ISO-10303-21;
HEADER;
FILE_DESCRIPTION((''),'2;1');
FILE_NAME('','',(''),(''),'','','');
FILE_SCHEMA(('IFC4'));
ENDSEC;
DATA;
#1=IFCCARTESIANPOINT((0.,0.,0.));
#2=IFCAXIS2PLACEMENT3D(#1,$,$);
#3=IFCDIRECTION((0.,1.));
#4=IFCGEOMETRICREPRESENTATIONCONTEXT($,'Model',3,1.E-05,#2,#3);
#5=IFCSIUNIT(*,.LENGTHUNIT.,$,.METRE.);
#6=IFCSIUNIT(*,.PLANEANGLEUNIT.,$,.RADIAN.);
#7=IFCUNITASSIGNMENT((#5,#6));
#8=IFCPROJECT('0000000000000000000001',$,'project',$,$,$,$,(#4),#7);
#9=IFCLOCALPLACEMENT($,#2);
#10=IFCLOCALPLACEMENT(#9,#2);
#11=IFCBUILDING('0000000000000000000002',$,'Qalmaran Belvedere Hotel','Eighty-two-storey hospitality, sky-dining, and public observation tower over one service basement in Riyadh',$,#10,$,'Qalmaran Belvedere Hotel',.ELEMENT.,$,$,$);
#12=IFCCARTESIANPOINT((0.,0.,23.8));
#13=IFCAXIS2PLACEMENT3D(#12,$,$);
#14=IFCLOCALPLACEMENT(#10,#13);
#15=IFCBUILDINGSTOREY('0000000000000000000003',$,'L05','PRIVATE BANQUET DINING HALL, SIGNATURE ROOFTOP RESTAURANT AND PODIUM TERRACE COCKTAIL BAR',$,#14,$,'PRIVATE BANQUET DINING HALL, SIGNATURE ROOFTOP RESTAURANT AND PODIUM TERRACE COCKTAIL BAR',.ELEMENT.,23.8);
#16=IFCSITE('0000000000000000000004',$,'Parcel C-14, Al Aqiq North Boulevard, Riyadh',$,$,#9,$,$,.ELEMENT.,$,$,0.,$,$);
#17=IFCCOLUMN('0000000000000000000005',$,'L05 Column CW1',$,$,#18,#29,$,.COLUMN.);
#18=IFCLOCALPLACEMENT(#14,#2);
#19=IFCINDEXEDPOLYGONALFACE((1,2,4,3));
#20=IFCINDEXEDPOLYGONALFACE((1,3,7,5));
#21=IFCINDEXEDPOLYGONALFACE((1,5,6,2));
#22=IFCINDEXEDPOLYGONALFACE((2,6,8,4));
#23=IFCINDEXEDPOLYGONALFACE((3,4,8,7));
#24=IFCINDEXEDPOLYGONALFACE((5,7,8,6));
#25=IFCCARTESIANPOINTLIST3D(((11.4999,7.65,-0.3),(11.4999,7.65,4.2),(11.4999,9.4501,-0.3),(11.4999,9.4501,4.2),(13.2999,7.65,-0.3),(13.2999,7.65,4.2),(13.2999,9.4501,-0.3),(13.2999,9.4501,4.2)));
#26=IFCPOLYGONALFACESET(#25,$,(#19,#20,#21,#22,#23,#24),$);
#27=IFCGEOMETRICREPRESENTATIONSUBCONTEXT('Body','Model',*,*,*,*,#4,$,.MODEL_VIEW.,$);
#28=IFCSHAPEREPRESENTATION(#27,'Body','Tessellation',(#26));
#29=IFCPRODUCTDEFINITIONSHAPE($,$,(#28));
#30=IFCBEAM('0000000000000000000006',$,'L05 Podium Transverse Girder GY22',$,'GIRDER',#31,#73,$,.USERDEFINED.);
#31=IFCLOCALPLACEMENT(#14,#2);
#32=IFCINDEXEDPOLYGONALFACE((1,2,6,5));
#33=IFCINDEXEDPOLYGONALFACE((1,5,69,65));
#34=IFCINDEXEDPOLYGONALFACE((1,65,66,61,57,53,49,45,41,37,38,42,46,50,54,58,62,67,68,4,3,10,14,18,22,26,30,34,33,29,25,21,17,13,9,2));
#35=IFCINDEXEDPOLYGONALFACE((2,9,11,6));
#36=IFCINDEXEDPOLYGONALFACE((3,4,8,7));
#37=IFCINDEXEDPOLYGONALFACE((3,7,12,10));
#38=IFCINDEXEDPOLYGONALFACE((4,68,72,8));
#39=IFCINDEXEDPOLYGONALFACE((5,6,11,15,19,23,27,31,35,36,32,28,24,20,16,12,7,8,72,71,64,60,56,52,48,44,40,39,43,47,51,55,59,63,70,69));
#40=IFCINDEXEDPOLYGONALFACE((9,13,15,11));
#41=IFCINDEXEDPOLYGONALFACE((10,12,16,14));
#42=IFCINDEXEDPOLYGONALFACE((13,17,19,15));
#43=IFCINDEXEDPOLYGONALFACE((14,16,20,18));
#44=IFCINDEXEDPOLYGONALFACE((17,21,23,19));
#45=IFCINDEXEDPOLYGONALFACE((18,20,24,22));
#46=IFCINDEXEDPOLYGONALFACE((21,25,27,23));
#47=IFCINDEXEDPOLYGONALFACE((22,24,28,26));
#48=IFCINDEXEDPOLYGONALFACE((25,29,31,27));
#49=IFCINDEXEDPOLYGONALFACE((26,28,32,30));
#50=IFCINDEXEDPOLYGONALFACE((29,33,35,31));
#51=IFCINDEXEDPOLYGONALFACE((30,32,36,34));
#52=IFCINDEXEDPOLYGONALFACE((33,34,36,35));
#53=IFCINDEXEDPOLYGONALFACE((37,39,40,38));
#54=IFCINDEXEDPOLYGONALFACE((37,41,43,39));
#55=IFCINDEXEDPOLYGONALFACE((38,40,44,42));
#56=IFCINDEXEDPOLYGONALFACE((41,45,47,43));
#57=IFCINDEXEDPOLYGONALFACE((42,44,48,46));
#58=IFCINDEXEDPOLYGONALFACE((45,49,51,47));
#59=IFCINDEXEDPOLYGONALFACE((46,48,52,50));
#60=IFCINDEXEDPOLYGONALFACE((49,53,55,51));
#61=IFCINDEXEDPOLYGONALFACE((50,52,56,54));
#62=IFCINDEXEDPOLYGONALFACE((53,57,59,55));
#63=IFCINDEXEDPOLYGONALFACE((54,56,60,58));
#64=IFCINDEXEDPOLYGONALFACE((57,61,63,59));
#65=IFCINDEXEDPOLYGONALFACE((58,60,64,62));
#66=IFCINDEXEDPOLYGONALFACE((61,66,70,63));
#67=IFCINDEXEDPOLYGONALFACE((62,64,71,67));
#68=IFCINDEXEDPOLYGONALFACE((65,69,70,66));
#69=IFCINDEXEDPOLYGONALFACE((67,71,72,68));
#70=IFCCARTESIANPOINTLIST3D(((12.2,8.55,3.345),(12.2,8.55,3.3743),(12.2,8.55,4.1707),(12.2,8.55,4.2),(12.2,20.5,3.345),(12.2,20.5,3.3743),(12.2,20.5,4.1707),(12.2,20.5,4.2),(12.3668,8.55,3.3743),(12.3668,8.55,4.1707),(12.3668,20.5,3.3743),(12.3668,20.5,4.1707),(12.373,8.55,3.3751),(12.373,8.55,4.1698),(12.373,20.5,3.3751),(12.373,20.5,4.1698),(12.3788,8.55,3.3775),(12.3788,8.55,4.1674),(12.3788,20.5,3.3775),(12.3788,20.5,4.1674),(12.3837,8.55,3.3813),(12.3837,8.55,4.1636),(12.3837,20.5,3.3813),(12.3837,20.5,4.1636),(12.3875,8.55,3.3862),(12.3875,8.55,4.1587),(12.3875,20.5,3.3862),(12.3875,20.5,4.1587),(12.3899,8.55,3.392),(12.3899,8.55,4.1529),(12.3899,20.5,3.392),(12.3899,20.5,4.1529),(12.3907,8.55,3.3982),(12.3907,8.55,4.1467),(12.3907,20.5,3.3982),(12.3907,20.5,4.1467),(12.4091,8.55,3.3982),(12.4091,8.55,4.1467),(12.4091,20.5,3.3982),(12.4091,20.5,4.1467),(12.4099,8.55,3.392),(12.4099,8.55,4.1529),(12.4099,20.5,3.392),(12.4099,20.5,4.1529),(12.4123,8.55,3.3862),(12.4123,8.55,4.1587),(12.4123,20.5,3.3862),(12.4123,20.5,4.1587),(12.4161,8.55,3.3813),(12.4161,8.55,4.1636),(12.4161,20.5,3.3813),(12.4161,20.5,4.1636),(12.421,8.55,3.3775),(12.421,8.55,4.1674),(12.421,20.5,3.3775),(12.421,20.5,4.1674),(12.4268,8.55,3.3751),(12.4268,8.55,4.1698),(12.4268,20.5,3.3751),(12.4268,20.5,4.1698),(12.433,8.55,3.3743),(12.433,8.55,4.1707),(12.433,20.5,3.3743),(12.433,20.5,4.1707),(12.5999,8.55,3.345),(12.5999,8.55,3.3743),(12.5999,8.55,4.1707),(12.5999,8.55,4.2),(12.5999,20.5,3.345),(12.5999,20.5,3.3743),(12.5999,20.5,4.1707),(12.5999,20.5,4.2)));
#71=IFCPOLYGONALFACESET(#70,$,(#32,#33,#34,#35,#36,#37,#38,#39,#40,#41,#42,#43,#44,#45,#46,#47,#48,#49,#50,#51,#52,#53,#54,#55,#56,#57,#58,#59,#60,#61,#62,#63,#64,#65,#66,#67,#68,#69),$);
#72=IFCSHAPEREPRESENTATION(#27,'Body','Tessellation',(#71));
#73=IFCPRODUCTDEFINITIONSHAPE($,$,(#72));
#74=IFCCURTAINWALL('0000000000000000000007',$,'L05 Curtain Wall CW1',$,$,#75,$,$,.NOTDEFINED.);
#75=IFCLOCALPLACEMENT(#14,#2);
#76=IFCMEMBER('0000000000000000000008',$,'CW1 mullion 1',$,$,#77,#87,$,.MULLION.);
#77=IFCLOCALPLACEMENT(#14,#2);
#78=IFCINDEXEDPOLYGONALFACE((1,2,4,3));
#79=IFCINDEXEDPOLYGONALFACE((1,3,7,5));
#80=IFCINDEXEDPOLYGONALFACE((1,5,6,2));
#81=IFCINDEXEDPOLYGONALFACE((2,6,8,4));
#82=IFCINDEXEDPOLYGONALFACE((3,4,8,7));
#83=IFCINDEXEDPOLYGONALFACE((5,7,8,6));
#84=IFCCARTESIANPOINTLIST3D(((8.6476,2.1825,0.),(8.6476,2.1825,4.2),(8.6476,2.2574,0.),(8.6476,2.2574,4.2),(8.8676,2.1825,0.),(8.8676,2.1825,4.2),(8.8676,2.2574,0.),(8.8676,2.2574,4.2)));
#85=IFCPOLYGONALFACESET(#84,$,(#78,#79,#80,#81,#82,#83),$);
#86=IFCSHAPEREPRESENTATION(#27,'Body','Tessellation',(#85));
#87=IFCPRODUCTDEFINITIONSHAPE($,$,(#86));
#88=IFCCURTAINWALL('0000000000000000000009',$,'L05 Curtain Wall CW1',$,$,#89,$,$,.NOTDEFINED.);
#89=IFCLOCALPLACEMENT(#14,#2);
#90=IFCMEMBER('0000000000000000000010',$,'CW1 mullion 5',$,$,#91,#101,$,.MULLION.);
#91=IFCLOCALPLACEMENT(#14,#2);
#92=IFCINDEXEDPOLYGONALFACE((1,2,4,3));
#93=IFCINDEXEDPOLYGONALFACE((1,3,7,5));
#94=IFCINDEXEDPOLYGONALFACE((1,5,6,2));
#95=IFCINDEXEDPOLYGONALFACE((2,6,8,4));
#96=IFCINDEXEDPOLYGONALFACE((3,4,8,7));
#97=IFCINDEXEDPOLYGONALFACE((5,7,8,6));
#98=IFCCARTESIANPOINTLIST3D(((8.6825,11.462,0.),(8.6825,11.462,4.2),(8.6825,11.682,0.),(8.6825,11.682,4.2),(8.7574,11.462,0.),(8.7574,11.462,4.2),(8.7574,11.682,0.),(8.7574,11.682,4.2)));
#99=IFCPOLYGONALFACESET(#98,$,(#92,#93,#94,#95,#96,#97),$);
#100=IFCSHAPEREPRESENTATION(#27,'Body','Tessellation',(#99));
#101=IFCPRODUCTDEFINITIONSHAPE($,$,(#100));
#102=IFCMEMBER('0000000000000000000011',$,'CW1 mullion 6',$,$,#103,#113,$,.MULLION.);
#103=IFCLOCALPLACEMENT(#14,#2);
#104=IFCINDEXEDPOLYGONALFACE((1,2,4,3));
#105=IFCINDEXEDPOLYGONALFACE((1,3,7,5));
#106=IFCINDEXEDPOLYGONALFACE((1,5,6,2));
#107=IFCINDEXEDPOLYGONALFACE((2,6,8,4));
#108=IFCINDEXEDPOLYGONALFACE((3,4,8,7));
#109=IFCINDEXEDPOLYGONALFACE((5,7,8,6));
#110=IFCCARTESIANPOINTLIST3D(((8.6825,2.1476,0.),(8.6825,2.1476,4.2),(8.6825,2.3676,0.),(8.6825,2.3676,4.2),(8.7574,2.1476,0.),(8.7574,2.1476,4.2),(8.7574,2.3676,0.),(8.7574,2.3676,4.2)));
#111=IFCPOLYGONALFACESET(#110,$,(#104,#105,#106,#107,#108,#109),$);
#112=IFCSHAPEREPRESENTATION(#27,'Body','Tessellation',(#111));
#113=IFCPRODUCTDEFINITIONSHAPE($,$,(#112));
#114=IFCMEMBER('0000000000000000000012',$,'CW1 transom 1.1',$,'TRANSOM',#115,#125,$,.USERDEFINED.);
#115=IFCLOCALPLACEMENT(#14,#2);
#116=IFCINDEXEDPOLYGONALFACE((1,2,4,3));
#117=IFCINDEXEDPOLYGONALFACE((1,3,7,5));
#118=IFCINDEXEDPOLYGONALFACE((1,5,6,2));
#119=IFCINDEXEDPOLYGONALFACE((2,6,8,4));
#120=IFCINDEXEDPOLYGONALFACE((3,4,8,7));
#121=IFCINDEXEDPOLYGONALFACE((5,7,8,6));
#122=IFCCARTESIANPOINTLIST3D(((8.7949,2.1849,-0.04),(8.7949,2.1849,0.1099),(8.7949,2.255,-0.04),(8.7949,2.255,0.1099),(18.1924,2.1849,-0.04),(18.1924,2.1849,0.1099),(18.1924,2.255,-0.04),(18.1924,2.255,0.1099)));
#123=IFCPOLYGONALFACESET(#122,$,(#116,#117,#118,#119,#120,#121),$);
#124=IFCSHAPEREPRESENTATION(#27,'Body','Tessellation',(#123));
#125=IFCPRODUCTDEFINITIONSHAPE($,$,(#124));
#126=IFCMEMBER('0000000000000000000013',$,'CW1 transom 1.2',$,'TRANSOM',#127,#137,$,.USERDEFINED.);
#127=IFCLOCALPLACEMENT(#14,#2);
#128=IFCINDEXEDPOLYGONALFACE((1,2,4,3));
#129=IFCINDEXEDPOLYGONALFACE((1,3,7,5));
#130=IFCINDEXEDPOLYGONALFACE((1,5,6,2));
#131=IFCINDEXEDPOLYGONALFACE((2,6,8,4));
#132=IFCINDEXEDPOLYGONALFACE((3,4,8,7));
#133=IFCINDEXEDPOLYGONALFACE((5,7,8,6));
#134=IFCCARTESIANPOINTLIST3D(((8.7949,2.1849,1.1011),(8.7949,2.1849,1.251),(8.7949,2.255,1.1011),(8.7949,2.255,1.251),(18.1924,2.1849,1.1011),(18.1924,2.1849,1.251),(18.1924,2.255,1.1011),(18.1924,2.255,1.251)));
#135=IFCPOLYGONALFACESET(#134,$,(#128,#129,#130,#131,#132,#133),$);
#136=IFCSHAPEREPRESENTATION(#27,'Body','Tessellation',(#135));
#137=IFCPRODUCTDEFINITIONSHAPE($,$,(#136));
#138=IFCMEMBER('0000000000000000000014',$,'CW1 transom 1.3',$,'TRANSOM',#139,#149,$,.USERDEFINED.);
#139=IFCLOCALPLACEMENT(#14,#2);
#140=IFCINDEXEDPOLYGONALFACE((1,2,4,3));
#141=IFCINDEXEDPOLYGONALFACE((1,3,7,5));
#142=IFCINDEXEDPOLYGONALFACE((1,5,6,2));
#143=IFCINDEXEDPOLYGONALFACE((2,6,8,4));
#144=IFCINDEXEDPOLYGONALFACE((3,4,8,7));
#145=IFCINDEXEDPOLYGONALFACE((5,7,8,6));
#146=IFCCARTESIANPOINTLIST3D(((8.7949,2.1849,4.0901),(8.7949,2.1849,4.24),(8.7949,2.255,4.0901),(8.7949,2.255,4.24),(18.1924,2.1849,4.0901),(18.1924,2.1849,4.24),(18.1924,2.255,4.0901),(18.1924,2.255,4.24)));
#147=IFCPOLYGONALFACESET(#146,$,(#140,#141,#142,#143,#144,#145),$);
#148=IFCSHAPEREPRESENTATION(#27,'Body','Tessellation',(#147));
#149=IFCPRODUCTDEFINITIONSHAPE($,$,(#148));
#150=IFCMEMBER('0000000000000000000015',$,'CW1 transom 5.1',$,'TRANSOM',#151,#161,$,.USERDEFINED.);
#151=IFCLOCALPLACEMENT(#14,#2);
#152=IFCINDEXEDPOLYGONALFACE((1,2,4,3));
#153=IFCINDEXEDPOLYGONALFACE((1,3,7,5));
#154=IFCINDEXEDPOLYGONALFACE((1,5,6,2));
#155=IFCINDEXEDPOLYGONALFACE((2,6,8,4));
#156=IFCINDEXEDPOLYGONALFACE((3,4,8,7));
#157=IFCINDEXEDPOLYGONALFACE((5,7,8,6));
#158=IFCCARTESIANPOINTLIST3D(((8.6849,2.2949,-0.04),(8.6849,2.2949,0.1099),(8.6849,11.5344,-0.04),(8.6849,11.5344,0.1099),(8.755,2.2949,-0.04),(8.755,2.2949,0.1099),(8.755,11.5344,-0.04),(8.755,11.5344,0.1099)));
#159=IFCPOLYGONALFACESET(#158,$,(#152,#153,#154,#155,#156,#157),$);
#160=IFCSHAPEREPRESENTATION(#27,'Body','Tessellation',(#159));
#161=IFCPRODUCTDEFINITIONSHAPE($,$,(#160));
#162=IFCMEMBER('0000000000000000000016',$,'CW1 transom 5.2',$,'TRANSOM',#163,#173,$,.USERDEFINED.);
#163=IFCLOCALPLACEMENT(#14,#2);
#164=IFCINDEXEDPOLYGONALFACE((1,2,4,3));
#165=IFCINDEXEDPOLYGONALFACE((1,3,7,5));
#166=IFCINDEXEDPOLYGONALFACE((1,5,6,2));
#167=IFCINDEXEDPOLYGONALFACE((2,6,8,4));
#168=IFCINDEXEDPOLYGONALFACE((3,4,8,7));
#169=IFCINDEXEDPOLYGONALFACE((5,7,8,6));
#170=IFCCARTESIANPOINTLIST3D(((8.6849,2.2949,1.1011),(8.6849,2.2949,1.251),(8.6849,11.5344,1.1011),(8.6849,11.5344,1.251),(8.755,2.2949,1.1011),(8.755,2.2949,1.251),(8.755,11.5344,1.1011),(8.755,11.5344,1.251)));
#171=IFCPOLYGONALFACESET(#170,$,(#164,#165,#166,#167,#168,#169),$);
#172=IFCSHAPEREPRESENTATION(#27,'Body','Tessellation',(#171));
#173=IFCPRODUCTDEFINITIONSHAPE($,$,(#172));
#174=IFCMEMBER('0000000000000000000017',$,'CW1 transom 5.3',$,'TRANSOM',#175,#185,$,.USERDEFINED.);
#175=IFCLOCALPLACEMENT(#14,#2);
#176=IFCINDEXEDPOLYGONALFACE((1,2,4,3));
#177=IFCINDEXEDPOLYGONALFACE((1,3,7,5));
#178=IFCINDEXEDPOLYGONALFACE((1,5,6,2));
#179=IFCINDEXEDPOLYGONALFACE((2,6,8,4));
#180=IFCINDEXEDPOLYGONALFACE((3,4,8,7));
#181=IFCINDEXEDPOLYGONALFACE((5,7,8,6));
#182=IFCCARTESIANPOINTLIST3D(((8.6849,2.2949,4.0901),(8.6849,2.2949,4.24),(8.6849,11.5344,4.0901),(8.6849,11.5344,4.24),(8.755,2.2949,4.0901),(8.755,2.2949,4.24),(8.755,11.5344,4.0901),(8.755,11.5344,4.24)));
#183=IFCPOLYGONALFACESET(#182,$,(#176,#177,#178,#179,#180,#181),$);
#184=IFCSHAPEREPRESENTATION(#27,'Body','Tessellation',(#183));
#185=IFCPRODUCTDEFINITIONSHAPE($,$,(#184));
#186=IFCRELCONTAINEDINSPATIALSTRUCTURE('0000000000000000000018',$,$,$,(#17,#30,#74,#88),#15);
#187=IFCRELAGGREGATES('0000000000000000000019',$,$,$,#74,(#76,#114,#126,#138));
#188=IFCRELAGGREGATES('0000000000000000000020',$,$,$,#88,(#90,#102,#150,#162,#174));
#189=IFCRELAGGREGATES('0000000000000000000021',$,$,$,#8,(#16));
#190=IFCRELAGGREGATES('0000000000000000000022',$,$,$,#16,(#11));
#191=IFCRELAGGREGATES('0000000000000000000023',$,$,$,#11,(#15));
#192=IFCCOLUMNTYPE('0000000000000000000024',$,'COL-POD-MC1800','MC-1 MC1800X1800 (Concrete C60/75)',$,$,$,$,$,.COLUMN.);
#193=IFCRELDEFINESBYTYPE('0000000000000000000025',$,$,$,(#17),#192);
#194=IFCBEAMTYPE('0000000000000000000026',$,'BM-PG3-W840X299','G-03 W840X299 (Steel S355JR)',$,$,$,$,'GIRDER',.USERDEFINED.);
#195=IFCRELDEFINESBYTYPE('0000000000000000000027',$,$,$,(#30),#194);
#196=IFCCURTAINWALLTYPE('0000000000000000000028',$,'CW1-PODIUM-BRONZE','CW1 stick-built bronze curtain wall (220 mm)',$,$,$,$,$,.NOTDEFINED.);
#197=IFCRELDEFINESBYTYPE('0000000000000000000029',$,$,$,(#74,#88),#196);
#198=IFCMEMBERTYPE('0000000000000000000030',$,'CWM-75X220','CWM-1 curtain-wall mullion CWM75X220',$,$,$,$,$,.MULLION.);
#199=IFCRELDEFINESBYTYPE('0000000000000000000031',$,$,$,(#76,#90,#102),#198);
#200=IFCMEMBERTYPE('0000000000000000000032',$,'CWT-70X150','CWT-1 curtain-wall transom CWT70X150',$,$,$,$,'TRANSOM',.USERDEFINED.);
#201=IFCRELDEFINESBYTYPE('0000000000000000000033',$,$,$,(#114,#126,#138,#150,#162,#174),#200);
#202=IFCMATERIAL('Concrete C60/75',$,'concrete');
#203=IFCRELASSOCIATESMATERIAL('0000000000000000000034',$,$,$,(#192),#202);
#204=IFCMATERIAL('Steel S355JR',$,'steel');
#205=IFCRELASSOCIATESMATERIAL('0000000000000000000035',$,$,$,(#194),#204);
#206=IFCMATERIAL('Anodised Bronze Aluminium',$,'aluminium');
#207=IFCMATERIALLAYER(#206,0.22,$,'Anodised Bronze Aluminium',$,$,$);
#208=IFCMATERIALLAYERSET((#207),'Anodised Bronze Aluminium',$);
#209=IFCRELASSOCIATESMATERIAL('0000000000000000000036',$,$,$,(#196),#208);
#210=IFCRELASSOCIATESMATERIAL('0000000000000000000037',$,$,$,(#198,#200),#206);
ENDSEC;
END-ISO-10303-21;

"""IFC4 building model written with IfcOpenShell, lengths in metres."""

from ifc_helpers import new_model, si_unit, direction, frame, origin, origin_2d, place, context, subcontext, project, spatial, rectangle, i_section, extrude, material, layer, layer_set, material_profile, profile_set, type_object, element, aggregate, save


model = new_model("IFC4")

# Units and contexts
model_context = context("Model", 3, precision=1e-05, world=origin(), true_north=direction((0.0, 1.0)))
body_context = subcontext(model_context, "Body", "Model", "MODEL_VIEW")
ifc_project = project(units=[si_unit("LENGTHUNIT", "METRE"), si_unit("PLANEANGLEUNIT", "RADIAN")], contexts=[model_context])

# Site, building, storey
site_placement = place(None, origin())
site = spatial("IfcSite", under=ifc_project, at=site_placement, Name="Parcel C-14, Al Aqiq North Boulevard, Riyadh", CompositionType="ELEMENT", RefElevation=0.0)
building_placement = place(site_placement, origin())
building = spatial("IfcBuilding", under=site, at=building_placement, Name="Qalmaran Belvedere Hotel", Description="Eighty-two-storey hospitality, sky-dining, and public observation tower over one service basement in Riyadh", LongName="Qalmaran Belvedere Hotel", CompositionType="ELEMENT")
storey_placement = place(building_placement, frame((0.0, 0.0, 23.8)))
storey = spatial("IfcBuildingStorey", under=building, at=storey_placement, Name="L05", Description="PRIVATE BANQUET DINING HALL, SIGNATURE ROOFTOP RESTAURANT AND PODIUM TERRACE COCKTAIL BAR", LongName="PRIVATE BANQUET DINING HALL, SIGNATURE ROOFTOP RESTAURANT AND PODIUM TERRACE COCKTAIL BAR", CompositionType="ELEMENT", Elevation=23.8)

# Column
ifc_material_1 = material(Name="Concrete C60/75", Category="concrete")
ifc_material_profile_1 = material_profile(ifc_material_1, rectangle(XDim=1.8, YDim=1.8, at=origin_2d()), Name="MC1800X1800")
ifc_profile_set_1 = profile_set([ifc_material_profile_1], Name="Concrete C60/75")
column_type = type_object("IfcColumnType", Name="COL-POD-MC1800", Description="MC-1 MC1800X1800 (Concrete C60/75)", PredefinedType="COLUMN", material=ifc_profile_set_1)
column_placement = place(storey_placement, frame((12.3999, 8.55, -0.3), z_axis=(0.0, 0.0, 1.0), x_axis=(1.0, 0.0, 0.0)))
element("IfcColumn", 1, at=column_placement, inside=storey, type_object=column_type, Name="L05 Column CW1", PredefinedType="COLUMN", context=body_context, shape_type="SweptSolid", body=[
    extrude(rectangle(XDim=1.8, YDim=1.8, at=origin_2d()), origin(), (0.0, 0.0, 1.0), 4.5),
])

# Beam
ifc_material_2 = material(Name="Steel S355JR", Category="steel")
ifc_material_profile_2 = material_profile(ifc_material_2, i_section(OverallWidth=0.3999, OverallDepth=0.855, WebThickness=0.0183, FlangeThickness=0.0293, FilletRadius=0.0239, at=origin_2d()), Name="W840X299")
ifc_profile_set_2 = profile_set([ifc_material_profile_2], Name="Steel S355JR")
beam_type = type_object("IfcBeamType", Name="BM-PG3-W840X299", Description="G-03 W840X299 (Steel S355JR)", ElementType="GIRDER", PredefinedType="USERDEFINED", material=ifc_profile_set_2)
beam_placement = place(storey_placement, frame((12.3999, 8.55, 3.7725), z_axis=(0.0, 1.0, 0.0), x_axis=(-1.0, 0.0, 0.0)))
element("IfcBeam", 2, at=beam_placement, inside=storey, type_object=beam_type, Name="L05 Podium Transverse Girder GY22", ObjectType="GIRDER", PredefinedType="USERDEFINED", context=body_context, shape_type="SweptSolid", body=[
    extrude(i_section(OverallWidth=0.3999, OverallDepth=0.855, WebThickness=0.0183, FlangeThickness=0.0293, FilletRadius=0.0239, at=origin_2d()), origin(), (0.0, 0.0, 1.0), 11.95),
])

# Curtain wall, member
ifc_material_3 = material(Name="Anodised Bronze Aluminium", Category="aluminium")
ifc_layer_1 = layer(ifc_material_3, 0.22, Name="Anodised Bronze Aluminium")
ifc_layer_set_1 = layer_set([ifc_layer_1], Name="Anodised Bronze Aluminium")
curtain_wall_type = type_object("IfcCurtainWallType", Name="CW1-PODIUM-BRONZE", Description="CW1 stick-built bronze curtain wall (220 mm)", PredefinedType="NOTDEFINED", material=ifc_layer_set_1)
curtain_wall_1_placement = place(storey_placement, origin())
curtain_wall_1 = element("IfcCurtainWall", 3, at=curtain_wall_1_placement, inside=storey, type_object=curtain_wall_type, Name="L05 Curtain Wall CW1", PredefinedType="NOTDEFINED")
ifc_material_profile_3 = material_profile(ifc_material_3, rectangle(XDim=0.075, YDim=0.22, at=origin_2d()), Name="CWM75X220")
ifc_profile_set_3 = profile_set([ifc_material_profile_3], Name="Anodised Bronze Aluminium")
member_type_1 = type_object("IfcMemberType", Name="CWM-75X220", Description="CWM-1 curtain-wall mullion CWM75X220", PredefinedType="MULLION", material=ifc_profile_set_3)
member_1_placement = place(storey_placement, frame((8.7576, 2.22, 0.0), z_axis=(0.0, 0.0, 1.0), x_axis=(0.0, 1.0, 0.0)))
member_1 = element("IfcMember", 4, at=member_1_placement, type_object=member_type_1, Name="CW1 mullion 1", PredefinedType="MULLION", context=body_context, shape_type="SweptSolid", body=[
    extrude(rectangle(XDim=0.075, YDim=0.22, at=origin_2d()), origin(), (0.0, 0.0, 1.0), 4.2),
])

# Curtain wall, members
curtain_wall_2_placement = place(storey_placement, origin())
curtain_wall_2 = element("IfcCurtainWall", 5, at=curtain_wall_2_placement, inside=storey, type_object=curtain_wall_type, Name="L05 Curtain Wall CW1", PredefinedType="NOTDEFINED")
member_2_placement = place(storey_placement, frame((8.72, 11.572, 0.0), z_axis=(0.0, 0.0, 1.0), x_axis=(1.0, 0.0, 0.0)))
member_2 = element("IfcMember", 6, at=member_2_placement, type_object=member_type_1, Name="CW1 mullion 5", PredefinedType="MULLION", context=body_context, shape_type="SweptSolid", body=[
    extrude(rectangle(XDim=0.075, YDim=0.22, at=origin_2d()), origin(), (0.0, 0.0, 1.0), 4.2),
])
member_3_placement = place(storey_placement, frame((8.72, 2.2576, 0.0), z_axis=(0.0, 0.0, 1.0), x_axis=(1.0, 0.0, 0.0)))
member_3 = element("IfcMember", 7, at=member_3_placement, type_object=member_type_1, Name="CW1 mullion 6", PredefinedType="MULLION", context=body_context, shape_type="SweptSolid", body=[
    extrude(rectangle(XDim=0.075, YDim=0.22, at=origin_2d()), origin(), (0.0, 0.0, 1.0), 4.2),
])

# Members
ifc_material_profile_4 = material_profile(ifc_material_3, rectangle(XDim=0.0701, YDim=0.1499, at=origin_2d()), Name="CWT70X150")
ifc_profile_set_4 = profile_set([ifc_material_profile_4], Name="Anodised Bronze Aluminium")
member_type_2 = type_object("IfcMemberType", Name="CWT-70X150", Description="CWT-1 curtain-wall transom CWT70X150", ElementType="TRANSOM", PredefinedType="USERDEFINED", material=ifc_profile_set_4)
member_4_placement = place(storey_placement, frame((8.7949, 2.22, 0.0349), z_axis=(1.0, 0.0, 0.0), x_axis=(0.0, 1.0, 0.0)))
member_4 = element("IfcMember", 8, at=member_4_placement, type_object=member_type_2, Name="CW1 transom 1.1", ObjectType="TRANSOM", PredefinedType="USERDEFINED", context=body_context, shape_type="SweptSolid", body=[
    extrude(rectangle(XDim=0.0701, YDim=0.1499, at=origin_2d()), origin(), (0.0, 0.0, 1.0), 9.3975),
])
member_5_placement = place(storey_placement, frame((8.7949, 2.22, 1.176), z_axis=(1.0, 0.0, 0.0), x_axis=(0.0, 1.0, 0.0)))
member_5 = element("IfcMember", 9, at=member_5_placement, type_object=member_type_2, Name="CW1 transom 1.2", ObjectType="TRANSOM", PredefinedType="USERDEFINED", context=body_context, shape_type="SweptSolid", body=[
    extrude(rectangle(XDim=0.0701, YDim=0.1499, at=origin_2d()), origin(), (0.0, 0.0, 1.0), 9.3975),
])
member_6_placement = place(storey_placement, frame((8.7949, 2.22, 4.165), z_axis=(1.0, 0.0, 0.0), x_axis=(0.0, 1.0, 0.0)))
member_6 = element("IfcMember", 10, at=member_6_placement, type_object=member_type_2, Name="CW1 transom 1.3", ObjectType="TRANSOM", PredefinedType="USERDEFINED", context=body_context, shape_type="SweptSolid", body=[
    extrude(rectangle(XDim=0.0701, YDim=0.1499, at=origin_2d()), origin(), (0.0, 0.0, 1.0), 9.3975),
])
member_7_placement = place(storey_placement, frame((8.72, 11.5344, 0.0349), z_axis=(0.0, -1.0, 0.0), x_axis=(1.0, 0.0, 0.0)))
member_7 = element("IfcMember", 11, at=member_7_placement, type_object=member_type_2, Name="CW1 transom 5.1", ObjectType="TRANSOM", PredefinedType="USERDEFINED", context=body_context, shape_type="SweptSolid", body=[
    extrude(rectangle(XDim=0.0701, YDim=0.1499, at=origin_2d()), origin(), (0.0, 0.0, 1.0), 9.2395),
])
member_8_placement = place(storey_placement, frame((8.72, 11.5344, 1.176), z_axis=(0.0, -1.0, 0.0), x_axis=(1.0, 0.0, 0.0)))
member_8 = element("IfcMember", 12, at=member_8_placement, type_object=member_type_2, Name="CW1 transom 5.2", ObjectType="TRANSOM", PredefinedType="USERDEFINED", context=body_context, shape_type="SweptSolid", body=[
    extrude(rectangle(XDim=0.0701, YDim=0.1499, at=origin_2d()), origin(), (0.0, 0.0, 1.0), 9.2395),
])
member_9_placement = place(storey_placement, frame((8.72, 11.5344, 4.165), z_axis=(0.0, -1.0, 0.0), x_axis=(1.0, 0.0, 0.0)))
member_9 = element("IfcMember", 13, at=member_9_placement, type_object=member_type_2, Name="CW1 transom 5.3", ObjectType="TRANSOM", PredefinedType="USERDEFINED", context=body_context, shape_type="SweptSolid", body=[
    extrude(rectangle(XDim=0.0701, YDim=0.1499, at=origin_2d()), origin(), (0.0, 0.0, 1.0), 9.2395),
])

aggregate(curtain_wall_1, [member_1, member_4, member_5, member_6])
aggregate(curtain_wall_2, [member_2, member_3, member_7, member_8, member_9])

save(model, "model.ifc")
